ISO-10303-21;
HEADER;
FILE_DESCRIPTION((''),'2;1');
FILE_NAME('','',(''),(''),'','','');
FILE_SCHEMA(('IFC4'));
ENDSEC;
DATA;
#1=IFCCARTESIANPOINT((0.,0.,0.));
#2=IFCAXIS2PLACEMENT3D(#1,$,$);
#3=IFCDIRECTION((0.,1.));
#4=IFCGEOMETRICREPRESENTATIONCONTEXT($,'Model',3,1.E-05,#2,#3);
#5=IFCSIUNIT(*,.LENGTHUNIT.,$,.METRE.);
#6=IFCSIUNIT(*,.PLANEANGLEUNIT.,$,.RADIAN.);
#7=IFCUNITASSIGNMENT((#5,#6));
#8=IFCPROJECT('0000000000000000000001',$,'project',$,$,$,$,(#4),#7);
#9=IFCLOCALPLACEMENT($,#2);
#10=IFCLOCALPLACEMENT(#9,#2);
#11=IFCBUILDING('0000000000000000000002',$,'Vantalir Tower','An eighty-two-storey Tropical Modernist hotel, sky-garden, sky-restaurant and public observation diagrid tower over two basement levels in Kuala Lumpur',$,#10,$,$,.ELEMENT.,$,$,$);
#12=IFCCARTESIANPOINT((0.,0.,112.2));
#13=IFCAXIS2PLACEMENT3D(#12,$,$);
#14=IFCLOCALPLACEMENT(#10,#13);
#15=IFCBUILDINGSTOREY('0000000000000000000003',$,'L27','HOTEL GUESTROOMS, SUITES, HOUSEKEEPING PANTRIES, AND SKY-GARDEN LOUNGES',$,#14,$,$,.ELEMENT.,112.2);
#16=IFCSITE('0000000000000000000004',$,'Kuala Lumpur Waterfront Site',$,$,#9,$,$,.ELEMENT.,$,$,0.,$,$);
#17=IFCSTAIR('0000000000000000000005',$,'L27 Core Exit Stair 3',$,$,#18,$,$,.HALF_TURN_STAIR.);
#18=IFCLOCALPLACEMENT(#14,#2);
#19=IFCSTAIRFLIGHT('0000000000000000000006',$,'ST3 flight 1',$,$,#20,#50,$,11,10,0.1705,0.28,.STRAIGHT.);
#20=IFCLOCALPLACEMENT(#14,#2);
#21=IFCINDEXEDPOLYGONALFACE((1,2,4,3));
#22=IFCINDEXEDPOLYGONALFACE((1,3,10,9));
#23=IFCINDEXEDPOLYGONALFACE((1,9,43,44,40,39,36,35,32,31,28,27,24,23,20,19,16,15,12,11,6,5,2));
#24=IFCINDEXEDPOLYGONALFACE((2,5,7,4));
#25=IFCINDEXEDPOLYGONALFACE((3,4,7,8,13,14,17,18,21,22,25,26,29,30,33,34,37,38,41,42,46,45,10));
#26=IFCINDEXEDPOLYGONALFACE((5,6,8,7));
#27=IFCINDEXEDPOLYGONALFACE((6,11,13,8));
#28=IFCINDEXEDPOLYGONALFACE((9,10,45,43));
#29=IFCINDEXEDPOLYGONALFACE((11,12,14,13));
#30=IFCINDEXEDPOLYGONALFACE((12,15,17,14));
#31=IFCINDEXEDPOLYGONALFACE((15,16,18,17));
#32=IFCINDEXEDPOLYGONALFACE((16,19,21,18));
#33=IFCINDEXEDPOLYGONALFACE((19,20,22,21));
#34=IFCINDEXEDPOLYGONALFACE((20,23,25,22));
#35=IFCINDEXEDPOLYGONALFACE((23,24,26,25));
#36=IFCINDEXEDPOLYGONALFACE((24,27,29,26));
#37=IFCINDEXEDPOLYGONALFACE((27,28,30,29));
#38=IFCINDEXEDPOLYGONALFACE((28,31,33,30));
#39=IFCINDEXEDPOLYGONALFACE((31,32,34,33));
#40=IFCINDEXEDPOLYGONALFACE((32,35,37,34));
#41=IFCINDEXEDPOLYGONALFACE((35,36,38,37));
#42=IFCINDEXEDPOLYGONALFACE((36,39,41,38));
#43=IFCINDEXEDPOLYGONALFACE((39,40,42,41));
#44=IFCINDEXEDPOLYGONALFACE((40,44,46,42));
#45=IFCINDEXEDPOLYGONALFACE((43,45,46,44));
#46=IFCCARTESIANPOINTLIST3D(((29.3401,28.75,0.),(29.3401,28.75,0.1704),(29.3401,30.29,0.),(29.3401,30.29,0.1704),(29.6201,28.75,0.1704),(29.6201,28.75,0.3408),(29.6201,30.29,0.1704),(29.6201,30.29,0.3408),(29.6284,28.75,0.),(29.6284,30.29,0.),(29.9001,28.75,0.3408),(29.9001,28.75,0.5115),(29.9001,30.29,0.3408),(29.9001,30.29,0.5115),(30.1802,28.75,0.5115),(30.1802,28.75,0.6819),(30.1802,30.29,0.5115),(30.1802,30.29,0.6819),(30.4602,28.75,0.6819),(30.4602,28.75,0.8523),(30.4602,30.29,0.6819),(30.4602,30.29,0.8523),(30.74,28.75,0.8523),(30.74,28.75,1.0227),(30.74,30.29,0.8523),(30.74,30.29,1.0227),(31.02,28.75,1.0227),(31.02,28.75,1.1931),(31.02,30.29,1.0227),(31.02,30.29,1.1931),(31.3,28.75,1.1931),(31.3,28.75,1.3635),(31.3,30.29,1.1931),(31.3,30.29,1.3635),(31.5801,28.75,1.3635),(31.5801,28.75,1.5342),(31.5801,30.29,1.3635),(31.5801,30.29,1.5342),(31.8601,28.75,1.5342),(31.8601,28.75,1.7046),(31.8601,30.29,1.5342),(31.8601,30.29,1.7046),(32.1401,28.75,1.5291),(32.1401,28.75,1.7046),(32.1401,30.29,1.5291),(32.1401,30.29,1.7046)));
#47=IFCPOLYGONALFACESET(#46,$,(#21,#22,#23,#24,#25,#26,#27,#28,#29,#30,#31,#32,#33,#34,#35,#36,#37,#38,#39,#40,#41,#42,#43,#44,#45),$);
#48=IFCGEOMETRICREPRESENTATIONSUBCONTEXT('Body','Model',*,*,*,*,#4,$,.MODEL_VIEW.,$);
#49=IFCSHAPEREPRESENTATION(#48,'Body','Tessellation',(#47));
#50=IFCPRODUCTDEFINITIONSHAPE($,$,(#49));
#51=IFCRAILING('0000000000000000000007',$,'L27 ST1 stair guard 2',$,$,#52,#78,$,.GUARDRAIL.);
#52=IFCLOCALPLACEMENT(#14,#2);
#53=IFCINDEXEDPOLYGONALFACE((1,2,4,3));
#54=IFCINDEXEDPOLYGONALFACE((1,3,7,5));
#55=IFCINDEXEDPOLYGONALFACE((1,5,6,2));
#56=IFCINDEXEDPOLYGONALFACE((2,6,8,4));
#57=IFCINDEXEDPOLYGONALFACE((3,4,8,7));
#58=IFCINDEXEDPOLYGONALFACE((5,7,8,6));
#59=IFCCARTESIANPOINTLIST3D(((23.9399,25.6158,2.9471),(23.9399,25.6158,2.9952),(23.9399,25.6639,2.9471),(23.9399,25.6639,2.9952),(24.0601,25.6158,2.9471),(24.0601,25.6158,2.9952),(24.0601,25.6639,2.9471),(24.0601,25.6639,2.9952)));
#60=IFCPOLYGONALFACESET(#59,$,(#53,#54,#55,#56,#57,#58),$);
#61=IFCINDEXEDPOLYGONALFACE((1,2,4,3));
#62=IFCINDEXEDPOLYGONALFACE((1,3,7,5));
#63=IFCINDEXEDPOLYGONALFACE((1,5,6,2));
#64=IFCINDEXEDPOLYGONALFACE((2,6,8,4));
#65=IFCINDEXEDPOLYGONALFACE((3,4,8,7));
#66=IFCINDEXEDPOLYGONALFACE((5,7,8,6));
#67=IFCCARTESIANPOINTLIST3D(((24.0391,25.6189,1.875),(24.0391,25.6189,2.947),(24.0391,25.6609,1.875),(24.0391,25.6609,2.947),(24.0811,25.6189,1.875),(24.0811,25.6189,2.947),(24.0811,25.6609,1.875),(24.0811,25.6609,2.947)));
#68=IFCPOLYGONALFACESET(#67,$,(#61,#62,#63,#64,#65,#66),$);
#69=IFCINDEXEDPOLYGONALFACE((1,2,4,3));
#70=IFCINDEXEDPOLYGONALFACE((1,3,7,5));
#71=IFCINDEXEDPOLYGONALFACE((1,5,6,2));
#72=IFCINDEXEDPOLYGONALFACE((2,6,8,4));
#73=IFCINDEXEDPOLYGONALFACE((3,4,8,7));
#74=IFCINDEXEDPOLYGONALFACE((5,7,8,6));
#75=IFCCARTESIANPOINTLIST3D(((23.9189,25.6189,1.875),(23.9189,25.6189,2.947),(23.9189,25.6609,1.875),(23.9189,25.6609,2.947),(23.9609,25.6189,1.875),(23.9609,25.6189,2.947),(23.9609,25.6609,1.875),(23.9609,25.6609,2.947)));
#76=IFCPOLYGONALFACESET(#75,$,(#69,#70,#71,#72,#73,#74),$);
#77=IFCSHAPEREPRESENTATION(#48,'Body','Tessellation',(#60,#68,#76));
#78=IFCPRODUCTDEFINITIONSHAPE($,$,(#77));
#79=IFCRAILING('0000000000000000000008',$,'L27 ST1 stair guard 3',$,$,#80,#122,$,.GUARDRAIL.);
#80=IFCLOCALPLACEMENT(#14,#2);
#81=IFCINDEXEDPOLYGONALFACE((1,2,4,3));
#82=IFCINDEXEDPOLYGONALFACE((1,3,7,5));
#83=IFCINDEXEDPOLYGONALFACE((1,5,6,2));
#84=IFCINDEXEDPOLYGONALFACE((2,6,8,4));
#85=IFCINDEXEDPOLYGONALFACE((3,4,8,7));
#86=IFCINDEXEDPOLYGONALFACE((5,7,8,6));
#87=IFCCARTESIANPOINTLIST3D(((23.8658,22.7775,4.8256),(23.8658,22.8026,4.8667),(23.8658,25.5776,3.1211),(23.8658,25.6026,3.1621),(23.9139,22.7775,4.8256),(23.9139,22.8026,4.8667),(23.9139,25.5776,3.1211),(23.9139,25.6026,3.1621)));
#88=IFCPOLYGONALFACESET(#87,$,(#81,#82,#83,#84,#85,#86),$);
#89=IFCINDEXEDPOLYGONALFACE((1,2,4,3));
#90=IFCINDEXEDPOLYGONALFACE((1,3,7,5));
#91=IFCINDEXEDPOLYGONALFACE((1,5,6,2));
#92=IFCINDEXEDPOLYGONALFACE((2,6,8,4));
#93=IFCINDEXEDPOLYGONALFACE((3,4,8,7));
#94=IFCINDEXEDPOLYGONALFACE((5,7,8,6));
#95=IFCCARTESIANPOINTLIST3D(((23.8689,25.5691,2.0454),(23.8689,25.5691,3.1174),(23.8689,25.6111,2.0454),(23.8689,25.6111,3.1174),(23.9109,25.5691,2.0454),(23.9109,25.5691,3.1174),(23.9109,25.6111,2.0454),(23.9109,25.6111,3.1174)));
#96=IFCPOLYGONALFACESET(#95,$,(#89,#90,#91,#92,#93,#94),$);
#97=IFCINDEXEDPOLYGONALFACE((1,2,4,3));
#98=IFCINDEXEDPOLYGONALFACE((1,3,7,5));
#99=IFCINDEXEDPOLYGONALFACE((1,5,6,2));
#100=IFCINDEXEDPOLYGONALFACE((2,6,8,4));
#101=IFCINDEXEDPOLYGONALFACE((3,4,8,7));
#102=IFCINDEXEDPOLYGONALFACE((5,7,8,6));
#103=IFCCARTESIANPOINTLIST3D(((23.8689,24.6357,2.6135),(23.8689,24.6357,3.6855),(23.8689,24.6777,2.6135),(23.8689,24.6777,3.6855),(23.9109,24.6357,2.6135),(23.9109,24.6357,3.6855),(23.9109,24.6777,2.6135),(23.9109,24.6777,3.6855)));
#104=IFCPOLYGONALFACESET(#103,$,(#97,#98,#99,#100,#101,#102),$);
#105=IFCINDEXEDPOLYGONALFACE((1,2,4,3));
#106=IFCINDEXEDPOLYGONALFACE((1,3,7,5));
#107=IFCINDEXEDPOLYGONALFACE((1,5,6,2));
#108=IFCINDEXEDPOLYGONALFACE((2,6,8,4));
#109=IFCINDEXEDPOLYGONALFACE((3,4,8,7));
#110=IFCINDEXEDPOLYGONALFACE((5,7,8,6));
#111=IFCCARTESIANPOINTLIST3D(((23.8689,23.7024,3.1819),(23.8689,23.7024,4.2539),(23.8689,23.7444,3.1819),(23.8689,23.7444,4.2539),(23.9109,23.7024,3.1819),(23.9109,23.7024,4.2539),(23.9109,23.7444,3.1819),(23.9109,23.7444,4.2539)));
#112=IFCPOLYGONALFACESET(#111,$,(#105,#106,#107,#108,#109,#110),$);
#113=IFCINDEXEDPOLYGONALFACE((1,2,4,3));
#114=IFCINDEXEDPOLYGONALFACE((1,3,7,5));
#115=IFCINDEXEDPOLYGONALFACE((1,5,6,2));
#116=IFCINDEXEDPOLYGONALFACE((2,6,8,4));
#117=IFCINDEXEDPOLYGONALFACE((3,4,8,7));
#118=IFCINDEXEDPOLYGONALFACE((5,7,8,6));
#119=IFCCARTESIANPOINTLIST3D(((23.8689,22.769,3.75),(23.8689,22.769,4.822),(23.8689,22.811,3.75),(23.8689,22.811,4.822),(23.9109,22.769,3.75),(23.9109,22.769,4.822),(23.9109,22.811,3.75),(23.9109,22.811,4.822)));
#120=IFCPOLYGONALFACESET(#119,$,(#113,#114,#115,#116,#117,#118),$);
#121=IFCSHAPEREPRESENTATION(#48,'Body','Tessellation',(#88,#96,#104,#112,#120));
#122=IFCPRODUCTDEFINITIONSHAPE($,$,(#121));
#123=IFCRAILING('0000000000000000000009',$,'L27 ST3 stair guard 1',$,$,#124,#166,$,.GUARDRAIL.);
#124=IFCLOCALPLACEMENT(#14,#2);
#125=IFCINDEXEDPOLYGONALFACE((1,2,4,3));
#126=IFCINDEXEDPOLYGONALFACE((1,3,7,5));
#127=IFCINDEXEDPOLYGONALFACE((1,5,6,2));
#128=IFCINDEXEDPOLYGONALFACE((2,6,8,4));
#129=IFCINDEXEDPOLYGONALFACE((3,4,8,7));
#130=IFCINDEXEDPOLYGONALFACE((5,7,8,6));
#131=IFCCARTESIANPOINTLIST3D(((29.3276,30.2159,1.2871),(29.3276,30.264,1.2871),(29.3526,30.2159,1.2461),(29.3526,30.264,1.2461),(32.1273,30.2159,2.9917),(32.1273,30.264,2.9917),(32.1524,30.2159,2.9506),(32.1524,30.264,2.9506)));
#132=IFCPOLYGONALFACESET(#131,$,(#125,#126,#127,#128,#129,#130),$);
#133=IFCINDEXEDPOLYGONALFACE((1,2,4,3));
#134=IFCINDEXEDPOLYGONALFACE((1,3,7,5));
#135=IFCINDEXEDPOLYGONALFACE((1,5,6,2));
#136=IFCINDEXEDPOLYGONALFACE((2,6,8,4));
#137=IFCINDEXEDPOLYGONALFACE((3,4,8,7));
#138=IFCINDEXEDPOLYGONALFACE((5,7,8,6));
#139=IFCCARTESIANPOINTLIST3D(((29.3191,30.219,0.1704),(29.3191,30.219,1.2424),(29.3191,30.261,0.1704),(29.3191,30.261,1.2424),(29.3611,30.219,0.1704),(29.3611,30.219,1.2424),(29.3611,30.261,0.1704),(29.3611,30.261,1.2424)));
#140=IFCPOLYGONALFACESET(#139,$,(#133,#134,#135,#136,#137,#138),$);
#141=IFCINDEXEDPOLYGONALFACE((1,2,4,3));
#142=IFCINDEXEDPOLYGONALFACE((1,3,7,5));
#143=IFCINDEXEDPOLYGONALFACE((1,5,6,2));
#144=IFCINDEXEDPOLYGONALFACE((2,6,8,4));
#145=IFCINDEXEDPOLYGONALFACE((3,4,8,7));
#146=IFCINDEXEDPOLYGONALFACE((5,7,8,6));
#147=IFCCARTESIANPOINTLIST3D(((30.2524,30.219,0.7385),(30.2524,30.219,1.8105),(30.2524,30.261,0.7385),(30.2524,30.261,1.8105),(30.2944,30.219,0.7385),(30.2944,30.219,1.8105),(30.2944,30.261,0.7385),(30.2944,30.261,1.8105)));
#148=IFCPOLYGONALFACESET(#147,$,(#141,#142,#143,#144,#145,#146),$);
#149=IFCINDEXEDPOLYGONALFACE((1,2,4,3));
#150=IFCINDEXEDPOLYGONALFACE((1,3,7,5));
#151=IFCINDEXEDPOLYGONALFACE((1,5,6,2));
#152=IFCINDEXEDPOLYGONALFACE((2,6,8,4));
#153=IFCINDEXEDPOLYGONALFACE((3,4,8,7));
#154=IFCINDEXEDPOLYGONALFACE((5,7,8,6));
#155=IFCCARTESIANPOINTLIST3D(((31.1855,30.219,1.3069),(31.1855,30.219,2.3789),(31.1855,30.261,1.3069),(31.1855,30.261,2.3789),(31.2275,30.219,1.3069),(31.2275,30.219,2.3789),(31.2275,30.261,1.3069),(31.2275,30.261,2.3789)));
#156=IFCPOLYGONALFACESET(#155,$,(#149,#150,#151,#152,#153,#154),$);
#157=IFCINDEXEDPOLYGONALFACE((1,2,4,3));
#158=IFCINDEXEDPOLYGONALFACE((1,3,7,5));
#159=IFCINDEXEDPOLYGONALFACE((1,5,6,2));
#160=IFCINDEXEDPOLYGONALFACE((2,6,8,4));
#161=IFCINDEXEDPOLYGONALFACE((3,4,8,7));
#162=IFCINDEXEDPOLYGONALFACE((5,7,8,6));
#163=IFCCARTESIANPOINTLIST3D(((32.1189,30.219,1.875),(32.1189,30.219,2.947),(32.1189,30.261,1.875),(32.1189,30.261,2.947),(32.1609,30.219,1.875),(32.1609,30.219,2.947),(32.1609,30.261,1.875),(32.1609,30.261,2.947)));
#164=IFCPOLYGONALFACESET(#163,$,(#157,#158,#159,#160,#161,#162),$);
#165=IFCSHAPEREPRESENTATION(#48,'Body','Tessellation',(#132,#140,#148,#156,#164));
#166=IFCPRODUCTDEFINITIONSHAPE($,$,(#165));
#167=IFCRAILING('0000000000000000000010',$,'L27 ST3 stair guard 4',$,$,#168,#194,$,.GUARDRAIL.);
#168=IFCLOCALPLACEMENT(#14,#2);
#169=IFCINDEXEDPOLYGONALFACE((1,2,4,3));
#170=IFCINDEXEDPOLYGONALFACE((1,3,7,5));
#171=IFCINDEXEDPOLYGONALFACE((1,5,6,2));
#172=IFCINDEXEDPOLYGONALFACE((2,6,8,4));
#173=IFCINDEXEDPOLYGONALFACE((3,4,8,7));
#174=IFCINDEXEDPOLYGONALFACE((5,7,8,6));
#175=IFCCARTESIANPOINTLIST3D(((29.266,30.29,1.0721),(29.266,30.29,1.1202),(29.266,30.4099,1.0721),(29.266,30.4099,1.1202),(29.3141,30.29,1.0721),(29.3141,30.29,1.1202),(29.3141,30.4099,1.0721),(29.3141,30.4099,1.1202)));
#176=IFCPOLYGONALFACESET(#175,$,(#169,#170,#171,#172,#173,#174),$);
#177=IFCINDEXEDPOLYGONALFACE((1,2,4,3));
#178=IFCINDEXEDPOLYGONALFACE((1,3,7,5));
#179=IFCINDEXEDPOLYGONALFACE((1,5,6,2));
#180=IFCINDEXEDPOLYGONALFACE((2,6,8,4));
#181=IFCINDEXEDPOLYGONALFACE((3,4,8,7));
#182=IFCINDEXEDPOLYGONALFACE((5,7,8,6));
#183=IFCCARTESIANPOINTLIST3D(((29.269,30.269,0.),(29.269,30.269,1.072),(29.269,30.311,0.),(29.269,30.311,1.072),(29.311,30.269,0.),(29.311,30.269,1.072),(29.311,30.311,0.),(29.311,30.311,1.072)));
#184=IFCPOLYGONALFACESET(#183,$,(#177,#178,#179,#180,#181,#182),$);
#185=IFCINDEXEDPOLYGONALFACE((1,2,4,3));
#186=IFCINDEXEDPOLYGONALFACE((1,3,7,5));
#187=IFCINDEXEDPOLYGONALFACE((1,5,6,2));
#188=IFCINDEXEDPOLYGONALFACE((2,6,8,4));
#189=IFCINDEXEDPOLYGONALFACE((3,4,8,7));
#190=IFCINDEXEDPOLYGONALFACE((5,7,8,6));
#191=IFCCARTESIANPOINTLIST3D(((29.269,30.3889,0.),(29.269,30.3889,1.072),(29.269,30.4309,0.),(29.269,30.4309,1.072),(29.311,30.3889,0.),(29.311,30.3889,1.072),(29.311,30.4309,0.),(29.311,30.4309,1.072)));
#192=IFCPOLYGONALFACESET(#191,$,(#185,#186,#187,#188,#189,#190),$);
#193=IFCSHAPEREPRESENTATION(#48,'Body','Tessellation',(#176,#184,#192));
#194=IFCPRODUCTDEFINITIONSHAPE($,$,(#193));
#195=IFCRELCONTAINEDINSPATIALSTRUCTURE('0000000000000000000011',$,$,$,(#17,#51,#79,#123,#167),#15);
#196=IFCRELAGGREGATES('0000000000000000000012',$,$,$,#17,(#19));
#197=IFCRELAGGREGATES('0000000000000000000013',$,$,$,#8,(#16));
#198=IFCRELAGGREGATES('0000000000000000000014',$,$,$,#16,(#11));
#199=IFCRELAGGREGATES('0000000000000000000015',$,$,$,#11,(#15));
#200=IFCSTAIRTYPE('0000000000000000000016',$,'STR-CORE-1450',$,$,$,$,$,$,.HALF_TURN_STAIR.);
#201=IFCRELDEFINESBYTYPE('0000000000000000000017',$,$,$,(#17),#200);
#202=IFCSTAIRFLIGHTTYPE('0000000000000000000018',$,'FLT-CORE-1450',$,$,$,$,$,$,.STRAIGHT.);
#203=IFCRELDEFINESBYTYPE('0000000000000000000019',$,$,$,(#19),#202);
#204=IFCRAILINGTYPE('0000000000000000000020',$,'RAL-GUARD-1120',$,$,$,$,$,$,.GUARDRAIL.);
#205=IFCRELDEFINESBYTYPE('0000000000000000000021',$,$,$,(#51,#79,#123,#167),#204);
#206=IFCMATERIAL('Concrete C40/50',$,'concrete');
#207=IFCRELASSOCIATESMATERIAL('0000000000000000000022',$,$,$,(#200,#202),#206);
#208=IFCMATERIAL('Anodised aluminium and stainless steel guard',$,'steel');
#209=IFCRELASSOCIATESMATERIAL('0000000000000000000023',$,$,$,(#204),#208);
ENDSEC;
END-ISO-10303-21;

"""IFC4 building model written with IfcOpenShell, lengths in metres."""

from ifc_helpers import new_model, si_unit, direction, frame, origin, origin_2d, place, context, subcontext, project, spatial, polyline, rectangle, outline, extrude, material, type_object, element, aggregate, save


model = new_model("IFC4")

# Units and contexts
model_context = context("Model", 3, precision=1e-05, world=origin(), true_north=direction((0.0, 1.0)))
body_context = subcontext(model_context, "Body", "Model", "MODEL_VIEW")
ifc_project = project(units=[si_unit("LENGTHUNIT", "METRE"), si_unit("PLANEANGLEUNIT", "RADIAN")], contexts=[model_context])

# Site, building, storey
site_placement = place(None, origin())
site = spatial("IfcSite", under=ifc_project, at=site_placement, Name="Kuala Lumpur Waterfront Site", CompositionType="ELEMENT", RefElevation=0.0)
building_placement = place(site_placement, origin())
building = spatial("IfcBuilding", under=site, at=building_placement, Name="Vantalir Tower", Description="An eighty-two-storey Tropical Modernist hotel, sky-garden, sky-restaurant and public observation diagrid tower over two basement levels in Kuala Lumpur", CompositionType="ELEMENT")
storey_placement = place(building_placement, frame((0.0, 0.0, 112.2)))
storey = spatial("IfcBuildingStorey", under=building, at=storey_placement, Name="L27", Description="HOTEL GUESTROOMS, SUITES, HOUSEKEEPING PANTRIES, AND SKY-GARDEN LOUNGES", CompositionType="ELEMENT", Elevation=112.2)

# Stair, stair flight
ifc_material_1 = material(Name="Concrete C40/50", Category="concrete")
stair_type = type_object("IfcStairType", Name="STR-CORE-1450", PredefinedType="HALF_TURN_STAIR", material=ifc_material_1)
stair_flight_type = type_object("IfcStairFlightType", Name="FLT-CORE-1450", PredefinedType="STRAIGHT", material=ifc_material_1)
stair_1_placement = place(storey_placement, origin())
stair_1 = element("IfcStair", 1, at=stair_1_placement, inside=storey, type_object=stair_type, Name="L27 Core Exit Stair 3", PredefinedType="HALF_TURN_STAIR")
stair_flight_1_placement = place(storey_placement, frame((29.3401, 29.52, 0.0), z_axis=(0.0, 0.0, 1.0), x_axis=(1.0, 0.0, 0.0)))
stair_flight_1 = element("IfcStairFlight", 2, at=stair_flight_1_placement, type_object=stair_flight_type, Name="ST3 flight 1", NumberOfRisers=11, NumberOfTreads=10, PredefinedType="STRAIGHT", RiserHeight=0.1705, TreadLength=0.28, context=body_context, shape_type="SweptSolid", body=[
    extrude(outline(polyline([(0.0, 0.0), (0.0, 0.1704), (0.28, 0.1704), (0.28, 0.3408), (0.5601, 0.3408), (0.5601, 0.5115), (0.8401, 0.5115), (0.8401, 0.6819), (1.1201, 0.6819), (1.1201, 0.8523), (1.3999, 0.8523), (1.3999, 1.0227), (1.6799, 1.0227), (1.6799, 1.1931), (1.96, 1.1931), (1.96, 1.3635), (2.24, 1.3635), (2.24, 1.5342), (2.52, 1.5342), (2.52, 1.7046), (2.8, 1.7046), (2.8, 1.875), (2.8, 1.5291), (0.2883, 0.0), (0.0, 0.0)])), frame((0.0, 0.77, 0.0), z_axis=(0.0, -1.0, 0.0), x_axis=(1.0, 0.0, 0.0)), (0.0, 0.0, 1.0), 1.54),
])
aggregate(stair_1, [stair_flight_1])

# Railings
ifc_material_2 = material(Name="Anodised aluminium and stainless steel guard", Category="steel")
railing_type_1 = type_object("IfcRailingType", Name="RAL-GUARD-1120", PredefinedType="GUARDRAIL", material=ifc_material_2)
railing_1_placement = place(storey_placement, frame((24.0601, 25.6399, 1.875)))
element("IfcRailing", 3, at=railing_1_placement, inside=storey, type_object=railing_type_1, Name="L27 ST1 stair guard 2", PredefinedType="GUARDRAIL", context=body_context, shape_type="SweptSolid", body=[
    extrude(rectangle(XDim=0.0481, YDim=0.0481, at=origin_2d()), frame((0.0, 0.0, 1.0962), z_axis=(-1.0, 0.0, 0.0), x_axis=(0.0, -1.0, 0.0)), (0.0, 0.0, 1.0), 0.1201),
    extrude(rectangle(XDim=0.042, YDim=0.042, at=origin_2d()), origin(), (0.0, 0.0, 1.0), 1.072),
    extrude(rectangle(XDim=0.042, YDim=0.042, at=origin_2d()), frame((-0.1201, 0.0, 0.0)), (0.0, 0.0, 1.0), 1.072),
])
railing_2_placement = place(storey_placement, frame((23.8899, 25.5901, 2.0454)))
element("IfcRailing", 4, at=railing_2_placement, inside=storey, type_object=railing_type_1, Name="L27 ST1 stair guard 3", PredefinedType="GUARDRAIL", context=body_context, shape_type="SweptSolid", body=[
    extrude(rectangle(XDim=0.0481, YDim=0.0481, at=origin_2d()), frame((0.0, 0.0, 1.0962), z_axis=(0.0, -0.85417, 0.519994), x_axis=(1.0, 0.0, 0.0)), (0.0, 0.0, 1.0), 3.2781),
    extrude(rectangle(XDim=0.042, YDim=0.042, at=origin_2d()), origin(), (0.0, 0.0, 1.0), 1.072),
    extrude(rectangle(XDim=0.042, YDim=0.042, at=origin_2d()), frame((0.0, -0.9333, 0.5681)), (0.0, 0.0, 1.0), 1.072),
    extrude(rectangle(XDim=0.042, YDim=0.042, at=origin_2d()), frame((0.0, -1.8667, 1.1365)), (0.0, 0.0, 1.0), 1.072),
    extrude(rectangle(XDim=0.042, YDim=0.042, at=origin_2d()), frame((0.0, -2.8, 1.7046)), (0.0, 0.0, 1.0), 1.072),
])
railing_3_placement = place(storey_placement, frame((29.3401, 30.24, 0.1704)))
element("IfcRailing", 5, at=railing_3_placement, inside=storey, type_object=railing_type_1, Name="L27 ST3 stair guard 1", PredefinedType="GUARDRAIL", context=body_context, shape_type="SweptSolid", body=[
    extrude(rectangle(XDim=0.0481, YDim=0.0481, at=origin_2d()), frame((0.0, 0.0, 1.0962), z_axis=(0.85415, 0.0, 0.520027), x_axis=(0.0, 1.0, 0.0)), (0.0, 0.0, 1.0), 3.2778),
    extrude(rectangle(XDim=0.042, YDim=0.042, at=origin_2d()), origin(), (0.0, 0.0, 1.0), 1.072),
    extrude(rectangle(XDim=0.042, YDim=0.042, at=origin_2d()), frame((0.9333, 0.0, 0.5681)), (0.0, 0.0, 1.0), 1.072),
    extrude(rectangle(XDim=0.042, YDim=0.042, at=origin_2d()), frame((1.8665, 0.0, 1.1365)), (0.0, 0.0, 1.0), 1.072),
    extrude(rectangle(XDim=0.042, YDim=0.042, at=origin_2d()), frame((2.7998, 0.0, 1.7046)), (0.0, 0.0, 1.0), 1.072),
])
railing_4_placement = place(storey_placement, frame((29.29, 30.29, 0.0)))
element("IfcRailing", 6, at=railing_4_placement, inside=storey, type_object=railing_type_1, Name="L27 ST3 stair guard 4", PredefinedType="GUARDRAIL", context=body_context, shape_type="SweptSolid", body=[
    extrude(rectangle(XDim=0.0481, YDim=0.0481, at=origin_2d()), frame((0.0, 0.0, 1.0962), z_axis=(0.0, 1.0, 0.0), x_axis=(-1.0, 0.0, 0.0)), (0.0, 0.0, 1.0), 0.1199),
    extrude(rectangle(XDim=0.042, YDim=0.042, at=origin_2d()), origin(), (0.0, 0.0, 1.0), 1.072),
    extrude(rectangle(XDim=0.042, YDim=0.042, at=origin_2d()), frame((0.0, 0.1199, 0.0)), (0.0, 0.0, 1.0), 1.072),
])

save(model, "model.ifc")
